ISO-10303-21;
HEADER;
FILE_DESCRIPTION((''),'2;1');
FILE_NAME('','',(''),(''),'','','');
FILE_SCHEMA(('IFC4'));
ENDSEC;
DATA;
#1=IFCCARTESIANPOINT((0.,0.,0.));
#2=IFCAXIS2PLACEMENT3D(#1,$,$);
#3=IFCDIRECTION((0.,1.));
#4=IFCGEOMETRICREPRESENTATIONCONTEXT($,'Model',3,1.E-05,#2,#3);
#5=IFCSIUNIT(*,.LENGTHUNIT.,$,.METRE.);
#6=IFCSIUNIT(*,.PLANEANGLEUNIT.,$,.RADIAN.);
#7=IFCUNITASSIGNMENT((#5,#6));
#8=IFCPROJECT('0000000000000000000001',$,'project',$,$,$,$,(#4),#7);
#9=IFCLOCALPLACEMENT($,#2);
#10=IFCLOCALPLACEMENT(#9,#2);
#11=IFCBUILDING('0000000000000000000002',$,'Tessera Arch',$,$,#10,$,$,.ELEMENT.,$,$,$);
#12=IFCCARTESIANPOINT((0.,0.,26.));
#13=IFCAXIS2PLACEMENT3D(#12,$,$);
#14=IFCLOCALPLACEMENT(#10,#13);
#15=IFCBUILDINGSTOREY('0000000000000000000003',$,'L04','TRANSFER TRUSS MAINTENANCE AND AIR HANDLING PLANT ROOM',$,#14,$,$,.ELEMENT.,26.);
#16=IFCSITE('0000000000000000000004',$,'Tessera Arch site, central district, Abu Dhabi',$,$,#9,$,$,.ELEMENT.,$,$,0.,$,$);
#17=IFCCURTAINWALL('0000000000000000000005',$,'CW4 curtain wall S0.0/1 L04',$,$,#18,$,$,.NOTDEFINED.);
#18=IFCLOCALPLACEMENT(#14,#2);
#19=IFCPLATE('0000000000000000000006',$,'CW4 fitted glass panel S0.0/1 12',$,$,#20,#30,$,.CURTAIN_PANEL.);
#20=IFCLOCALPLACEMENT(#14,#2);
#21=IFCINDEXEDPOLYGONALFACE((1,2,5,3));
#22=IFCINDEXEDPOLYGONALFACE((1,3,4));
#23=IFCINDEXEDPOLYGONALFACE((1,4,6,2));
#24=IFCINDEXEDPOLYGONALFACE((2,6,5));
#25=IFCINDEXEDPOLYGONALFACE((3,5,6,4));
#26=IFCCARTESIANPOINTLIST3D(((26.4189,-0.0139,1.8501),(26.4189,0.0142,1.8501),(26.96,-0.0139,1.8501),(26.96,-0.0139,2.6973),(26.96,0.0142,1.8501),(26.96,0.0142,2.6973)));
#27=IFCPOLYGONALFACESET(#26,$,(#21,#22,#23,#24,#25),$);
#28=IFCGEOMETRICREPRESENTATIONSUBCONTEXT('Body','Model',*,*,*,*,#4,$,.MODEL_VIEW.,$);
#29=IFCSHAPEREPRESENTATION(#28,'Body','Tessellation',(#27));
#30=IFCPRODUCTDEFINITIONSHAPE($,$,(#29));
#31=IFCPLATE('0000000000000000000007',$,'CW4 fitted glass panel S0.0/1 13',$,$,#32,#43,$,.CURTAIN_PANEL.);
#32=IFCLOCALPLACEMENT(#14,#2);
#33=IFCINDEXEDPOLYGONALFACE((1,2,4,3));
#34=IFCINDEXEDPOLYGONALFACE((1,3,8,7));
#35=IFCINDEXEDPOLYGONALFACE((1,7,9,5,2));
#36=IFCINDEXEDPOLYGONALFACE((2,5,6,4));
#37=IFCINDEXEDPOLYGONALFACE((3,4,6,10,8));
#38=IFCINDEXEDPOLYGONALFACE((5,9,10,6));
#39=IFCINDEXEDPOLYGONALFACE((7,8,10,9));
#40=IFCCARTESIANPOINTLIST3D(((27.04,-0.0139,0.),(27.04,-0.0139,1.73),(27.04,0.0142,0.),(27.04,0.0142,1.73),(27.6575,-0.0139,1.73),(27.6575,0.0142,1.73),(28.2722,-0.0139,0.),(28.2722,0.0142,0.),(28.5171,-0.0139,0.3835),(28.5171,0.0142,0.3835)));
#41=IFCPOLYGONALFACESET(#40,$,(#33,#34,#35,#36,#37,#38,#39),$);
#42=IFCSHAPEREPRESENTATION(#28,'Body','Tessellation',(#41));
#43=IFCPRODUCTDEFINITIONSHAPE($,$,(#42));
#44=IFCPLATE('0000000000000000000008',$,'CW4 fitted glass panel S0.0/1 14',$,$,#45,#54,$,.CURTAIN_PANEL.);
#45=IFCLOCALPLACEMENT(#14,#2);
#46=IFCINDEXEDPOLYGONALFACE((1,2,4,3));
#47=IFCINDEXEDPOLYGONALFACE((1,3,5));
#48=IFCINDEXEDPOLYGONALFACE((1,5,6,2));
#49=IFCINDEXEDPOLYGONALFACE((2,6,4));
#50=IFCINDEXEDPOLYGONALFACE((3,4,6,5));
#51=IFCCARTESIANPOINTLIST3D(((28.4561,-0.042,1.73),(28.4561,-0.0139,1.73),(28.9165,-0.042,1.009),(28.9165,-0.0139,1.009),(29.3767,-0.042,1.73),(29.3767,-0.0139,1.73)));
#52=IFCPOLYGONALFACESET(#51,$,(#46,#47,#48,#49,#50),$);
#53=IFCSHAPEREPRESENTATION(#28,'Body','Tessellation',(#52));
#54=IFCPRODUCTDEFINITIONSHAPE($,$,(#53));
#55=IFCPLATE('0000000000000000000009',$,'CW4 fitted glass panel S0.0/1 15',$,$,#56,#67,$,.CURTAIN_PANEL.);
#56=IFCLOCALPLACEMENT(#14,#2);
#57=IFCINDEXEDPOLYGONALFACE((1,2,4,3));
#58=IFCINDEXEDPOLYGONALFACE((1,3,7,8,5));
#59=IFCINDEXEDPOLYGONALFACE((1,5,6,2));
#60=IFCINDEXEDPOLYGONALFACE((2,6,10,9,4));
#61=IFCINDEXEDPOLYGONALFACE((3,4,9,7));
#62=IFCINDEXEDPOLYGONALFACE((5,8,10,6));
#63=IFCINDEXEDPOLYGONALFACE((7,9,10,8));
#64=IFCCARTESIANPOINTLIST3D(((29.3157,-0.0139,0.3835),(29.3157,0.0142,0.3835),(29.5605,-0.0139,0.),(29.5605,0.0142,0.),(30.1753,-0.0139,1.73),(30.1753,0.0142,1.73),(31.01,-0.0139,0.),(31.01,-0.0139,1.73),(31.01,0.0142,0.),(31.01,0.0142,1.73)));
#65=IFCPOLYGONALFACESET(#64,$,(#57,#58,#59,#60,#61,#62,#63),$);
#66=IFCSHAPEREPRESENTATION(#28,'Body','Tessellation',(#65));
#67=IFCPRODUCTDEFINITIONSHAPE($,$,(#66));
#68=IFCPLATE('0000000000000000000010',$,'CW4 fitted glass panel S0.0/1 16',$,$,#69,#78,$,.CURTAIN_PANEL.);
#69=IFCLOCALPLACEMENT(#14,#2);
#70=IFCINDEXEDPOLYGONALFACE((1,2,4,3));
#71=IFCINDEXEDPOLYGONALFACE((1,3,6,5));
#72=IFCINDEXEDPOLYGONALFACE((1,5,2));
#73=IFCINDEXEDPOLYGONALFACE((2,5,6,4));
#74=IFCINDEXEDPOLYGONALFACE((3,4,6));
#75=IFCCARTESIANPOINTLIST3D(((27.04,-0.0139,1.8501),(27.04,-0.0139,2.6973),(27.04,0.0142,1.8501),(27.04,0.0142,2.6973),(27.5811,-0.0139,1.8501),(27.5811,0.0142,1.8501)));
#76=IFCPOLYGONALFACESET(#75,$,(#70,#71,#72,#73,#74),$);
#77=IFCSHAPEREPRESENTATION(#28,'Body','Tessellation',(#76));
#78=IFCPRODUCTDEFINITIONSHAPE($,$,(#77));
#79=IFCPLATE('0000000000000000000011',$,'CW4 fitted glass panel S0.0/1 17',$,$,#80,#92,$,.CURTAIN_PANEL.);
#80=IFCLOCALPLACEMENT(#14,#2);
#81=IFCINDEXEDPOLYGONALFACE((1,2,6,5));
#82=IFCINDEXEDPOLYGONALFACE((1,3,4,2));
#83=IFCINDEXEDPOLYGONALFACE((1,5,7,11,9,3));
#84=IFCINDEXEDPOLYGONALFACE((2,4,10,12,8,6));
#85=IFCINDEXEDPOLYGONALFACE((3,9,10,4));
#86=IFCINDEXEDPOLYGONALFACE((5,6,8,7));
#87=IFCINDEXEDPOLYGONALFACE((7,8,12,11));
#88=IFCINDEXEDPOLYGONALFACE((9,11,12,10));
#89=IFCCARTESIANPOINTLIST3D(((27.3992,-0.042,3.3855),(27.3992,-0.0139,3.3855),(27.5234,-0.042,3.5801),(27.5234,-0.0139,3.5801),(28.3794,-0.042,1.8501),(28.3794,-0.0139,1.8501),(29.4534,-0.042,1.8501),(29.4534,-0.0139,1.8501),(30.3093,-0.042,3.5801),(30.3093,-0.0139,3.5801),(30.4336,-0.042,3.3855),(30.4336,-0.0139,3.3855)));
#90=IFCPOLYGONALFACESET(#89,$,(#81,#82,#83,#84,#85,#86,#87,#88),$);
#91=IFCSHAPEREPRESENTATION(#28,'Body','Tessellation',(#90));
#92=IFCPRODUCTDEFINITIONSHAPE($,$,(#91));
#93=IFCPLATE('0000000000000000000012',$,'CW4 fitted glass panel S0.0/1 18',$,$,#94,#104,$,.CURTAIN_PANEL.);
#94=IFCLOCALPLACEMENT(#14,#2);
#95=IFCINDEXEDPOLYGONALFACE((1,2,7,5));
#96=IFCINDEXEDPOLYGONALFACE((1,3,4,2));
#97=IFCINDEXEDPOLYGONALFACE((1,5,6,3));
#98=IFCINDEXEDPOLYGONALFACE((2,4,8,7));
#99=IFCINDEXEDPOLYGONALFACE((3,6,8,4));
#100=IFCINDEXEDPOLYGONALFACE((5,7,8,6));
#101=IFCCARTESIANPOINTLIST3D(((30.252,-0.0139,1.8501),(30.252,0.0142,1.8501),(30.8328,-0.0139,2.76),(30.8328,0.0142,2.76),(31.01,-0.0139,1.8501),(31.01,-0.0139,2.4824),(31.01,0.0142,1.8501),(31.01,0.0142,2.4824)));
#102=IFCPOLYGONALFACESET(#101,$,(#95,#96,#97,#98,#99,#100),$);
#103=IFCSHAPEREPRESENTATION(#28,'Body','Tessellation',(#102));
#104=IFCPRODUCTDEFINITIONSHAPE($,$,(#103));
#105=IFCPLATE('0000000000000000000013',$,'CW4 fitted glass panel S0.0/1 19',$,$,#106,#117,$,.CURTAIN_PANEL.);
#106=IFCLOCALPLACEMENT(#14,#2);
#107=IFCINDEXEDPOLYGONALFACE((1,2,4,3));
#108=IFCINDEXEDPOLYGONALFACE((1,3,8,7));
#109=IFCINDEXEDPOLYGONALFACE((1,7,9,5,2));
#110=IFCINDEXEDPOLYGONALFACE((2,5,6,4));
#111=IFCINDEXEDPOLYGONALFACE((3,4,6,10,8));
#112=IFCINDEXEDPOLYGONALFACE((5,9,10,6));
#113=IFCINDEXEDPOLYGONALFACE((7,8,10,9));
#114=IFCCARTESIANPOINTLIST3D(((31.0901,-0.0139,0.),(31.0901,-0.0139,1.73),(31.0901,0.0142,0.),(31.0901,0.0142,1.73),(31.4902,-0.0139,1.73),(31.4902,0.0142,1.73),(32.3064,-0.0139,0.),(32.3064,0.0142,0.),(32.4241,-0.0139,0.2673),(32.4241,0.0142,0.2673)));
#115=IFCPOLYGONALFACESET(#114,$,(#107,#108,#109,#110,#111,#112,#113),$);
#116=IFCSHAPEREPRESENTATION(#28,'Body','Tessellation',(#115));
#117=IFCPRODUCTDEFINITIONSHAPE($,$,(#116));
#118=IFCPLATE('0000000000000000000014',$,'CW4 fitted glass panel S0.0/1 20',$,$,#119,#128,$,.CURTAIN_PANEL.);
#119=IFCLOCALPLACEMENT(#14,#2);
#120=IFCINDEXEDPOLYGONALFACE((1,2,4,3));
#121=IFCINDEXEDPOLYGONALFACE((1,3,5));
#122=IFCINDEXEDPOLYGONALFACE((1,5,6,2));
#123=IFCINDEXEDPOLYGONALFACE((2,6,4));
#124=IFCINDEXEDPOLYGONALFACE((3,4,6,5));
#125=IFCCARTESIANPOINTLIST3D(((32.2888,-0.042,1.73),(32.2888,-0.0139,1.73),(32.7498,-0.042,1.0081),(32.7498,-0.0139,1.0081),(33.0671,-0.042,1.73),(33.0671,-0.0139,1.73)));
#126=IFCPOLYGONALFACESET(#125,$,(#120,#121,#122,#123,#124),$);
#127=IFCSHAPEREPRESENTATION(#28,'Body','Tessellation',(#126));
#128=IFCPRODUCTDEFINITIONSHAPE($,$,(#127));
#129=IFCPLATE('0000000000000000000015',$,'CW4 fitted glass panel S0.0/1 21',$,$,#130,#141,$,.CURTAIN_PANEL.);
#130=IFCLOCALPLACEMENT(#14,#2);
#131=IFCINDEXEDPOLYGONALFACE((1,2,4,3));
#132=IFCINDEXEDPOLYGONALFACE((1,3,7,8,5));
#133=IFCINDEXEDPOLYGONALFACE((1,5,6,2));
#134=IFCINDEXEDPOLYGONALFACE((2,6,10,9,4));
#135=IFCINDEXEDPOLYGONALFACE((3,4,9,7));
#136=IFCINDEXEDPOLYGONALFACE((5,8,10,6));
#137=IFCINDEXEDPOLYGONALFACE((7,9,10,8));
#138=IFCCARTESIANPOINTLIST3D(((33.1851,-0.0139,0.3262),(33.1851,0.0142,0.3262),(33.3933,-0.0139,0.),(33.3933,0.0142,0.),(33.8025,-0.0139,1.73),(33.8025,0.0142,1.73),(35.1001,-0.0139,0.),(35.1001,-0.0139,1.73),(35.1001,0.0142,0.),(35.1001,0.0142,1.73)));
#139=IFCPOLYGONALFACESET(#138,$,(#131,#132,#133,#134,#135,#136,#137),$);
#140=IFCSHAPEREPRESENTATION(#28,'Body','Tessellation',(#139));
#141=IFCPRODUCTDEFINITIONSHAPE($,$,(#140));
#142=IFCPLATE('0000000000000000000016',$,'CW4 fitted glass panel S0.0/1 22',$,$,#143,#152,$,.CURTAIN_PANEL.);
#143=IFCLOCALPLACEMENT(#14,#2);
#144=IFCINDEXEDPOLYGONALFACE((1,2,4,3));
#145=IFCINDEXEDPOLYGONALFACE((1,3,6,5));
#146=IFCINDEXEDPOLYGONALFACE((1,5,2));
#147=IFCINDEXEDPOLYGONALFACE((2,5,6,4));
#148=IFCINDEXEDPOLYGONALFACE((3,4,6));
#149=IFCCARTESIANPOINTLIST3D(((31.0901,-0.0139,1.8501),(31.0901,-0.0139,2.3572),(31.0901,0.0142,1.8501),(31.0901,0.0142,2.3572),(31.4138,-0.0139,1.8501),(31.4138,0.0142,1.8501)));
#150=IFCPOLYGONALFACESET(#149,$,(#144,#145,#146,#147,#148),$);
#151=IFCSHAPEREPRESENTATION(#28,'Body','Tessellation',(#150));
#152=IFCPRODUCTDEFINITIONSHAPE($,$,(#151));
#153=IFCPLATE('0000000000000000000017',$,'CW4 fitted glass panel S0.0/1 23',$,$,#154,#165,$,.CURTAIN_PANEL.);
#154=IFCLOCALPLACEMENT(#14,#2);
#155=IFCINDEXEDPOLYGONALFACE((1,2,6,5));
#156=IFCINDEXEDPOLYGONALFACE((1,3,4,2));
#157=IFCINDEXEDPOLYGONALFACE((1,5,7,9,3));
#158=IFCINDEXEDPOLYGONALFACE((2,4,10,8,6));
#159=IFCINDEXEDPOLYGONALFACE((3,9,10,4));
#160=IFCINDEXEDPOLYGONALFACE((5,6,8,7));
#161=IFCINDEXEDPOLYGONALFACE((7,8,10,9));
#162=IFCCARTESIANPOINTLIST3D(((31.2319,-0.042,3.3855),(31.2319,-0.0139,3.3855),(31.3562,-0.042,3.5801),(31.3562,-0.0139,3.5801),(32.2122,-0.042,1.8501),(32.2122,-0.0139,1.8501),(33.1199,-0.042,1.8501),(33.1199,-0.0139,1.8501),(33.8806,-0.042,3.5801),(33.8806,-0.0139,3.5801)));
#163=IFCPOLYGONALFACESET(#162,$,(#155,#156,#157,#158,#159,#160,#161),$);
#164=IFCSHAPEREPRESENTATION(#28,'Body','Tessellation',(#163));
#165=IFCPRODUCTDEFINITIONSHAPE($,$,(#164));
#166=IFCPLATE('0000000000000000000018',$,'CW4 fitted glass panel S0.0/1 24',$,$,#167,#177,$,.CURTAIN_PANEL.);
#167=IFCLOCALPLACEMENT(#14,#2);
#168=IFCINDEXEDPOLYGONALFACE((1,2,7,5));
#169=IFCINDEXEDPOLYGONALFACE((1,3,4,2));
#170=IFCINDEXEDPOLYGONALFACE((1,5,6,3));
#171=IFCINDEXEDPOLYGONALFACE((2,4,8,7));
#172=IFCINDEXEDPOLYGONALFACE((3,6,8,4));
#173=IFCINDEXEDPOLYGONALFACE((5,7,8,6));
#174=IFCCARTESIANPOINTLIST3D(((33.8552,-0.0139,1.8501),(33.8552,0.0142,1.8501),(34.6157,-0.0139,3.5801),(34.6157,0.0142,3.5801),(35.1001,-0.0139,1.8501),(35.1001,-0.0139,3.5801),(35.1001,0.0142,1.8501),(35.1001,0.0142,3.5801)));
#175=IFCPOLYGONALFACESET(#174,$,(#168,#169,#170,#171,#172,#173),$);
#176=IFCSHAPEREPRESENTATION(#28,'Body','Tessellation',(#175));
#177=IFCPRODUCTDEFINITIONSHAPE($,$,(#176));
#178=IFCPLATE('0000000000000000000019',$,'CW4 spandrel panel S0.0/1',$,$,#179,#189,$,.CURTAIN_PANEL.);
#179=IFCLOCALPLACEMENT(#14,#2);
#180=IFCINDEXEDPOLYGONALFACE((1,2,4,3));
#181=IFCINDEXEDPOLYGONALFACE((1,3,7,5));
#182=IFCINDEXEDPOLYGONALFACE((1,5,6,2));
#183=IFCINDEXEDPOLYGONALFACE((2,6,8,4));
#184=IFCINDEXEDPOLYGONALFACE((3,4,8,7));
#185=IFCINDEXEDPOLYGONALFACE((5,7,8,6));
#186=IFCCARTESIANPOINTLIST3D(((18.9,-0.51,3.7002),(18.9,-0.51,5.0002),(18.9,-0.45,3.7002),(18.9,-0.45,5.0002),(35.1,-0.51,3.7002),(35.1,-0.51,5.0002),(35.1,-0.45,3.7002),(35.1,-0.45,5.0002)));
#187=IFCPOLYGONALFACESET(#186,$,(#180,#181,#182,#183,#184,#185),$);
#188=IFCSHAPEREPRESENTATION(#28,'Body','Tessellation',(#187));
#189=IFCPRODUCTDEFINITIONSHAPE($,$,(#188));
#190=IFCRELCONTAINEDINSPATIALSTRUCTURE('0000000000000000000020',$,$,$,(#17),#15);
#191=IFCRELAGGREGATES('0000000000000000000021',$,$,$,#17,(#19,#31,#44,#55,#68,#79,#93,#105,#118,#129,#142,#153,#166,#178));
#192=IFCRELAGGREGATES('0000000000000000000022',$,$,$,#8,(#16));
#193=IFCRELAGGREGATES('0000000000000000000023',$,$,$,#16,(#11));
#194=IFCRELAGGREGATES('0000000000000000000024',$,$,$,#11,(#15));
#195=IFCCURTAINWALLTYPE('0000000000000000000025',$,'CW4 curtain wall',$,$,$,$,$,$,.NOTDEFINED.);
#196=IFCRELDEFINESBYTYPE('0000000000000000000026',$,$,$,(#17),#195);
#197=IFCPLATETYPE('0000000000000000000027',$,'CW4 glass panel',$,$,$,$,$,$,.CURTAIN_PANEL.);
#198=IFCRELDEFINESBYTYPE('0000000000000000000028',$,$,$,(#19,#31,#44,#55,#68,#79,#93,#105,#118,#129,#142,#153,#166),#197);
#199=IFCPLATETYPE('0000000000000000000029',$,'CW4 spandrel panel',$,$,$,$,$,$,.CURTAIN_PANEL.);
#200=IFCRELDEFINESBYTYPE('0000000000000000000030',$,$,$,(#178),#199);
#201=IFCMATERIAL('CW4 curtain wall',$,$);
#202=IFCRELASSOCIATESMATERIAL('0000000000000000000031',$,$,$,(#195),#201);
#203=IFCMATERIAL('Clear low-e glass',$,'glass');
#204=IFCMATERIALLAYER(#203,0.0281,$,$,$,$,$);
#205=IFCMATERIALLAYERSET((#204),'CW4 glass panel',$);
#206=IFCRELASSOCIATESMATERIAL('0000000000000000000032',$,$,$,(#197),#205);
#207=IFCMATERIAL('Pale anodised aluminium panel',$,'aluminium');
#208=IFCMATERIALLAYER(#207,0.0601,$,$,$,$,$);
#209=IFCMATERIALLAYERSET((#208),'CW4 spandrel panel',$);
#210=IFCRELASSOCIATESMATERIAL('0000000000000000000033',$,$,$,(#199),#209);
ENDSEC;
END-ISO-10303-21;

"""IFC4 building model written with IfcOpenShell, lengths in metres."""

from ifc_helpers import new_model, si_unit, direction, frame, origin, origin_2d, place, context, subcontext, project, spatial, polyline, rectangle, outline, extrude, material, layer, layer_set, type_object, element, aggregate, save


model = new_model("IFC4")

# Units and contexts
model_context = context("Model", 3, precision=1e-05, world=origin(), true_north=direction((0.0, 1.0)))
body_context = subcontext(model_context, "Body", "Model", "MODEL_VIEW")
ifc_project = project(units=[si_unit("LENGTHUNIT", "METRE"), si_unit("PLANEANGLEUNIT", "RADIAN")], contexts=[model_context])

# Site, building, storey
site_placement = place(None, origin())
site = spatial("IfcSite", under=ifc_project, at=site_placement, Name="Tessera Arch site, central district, Abu Dhabi", CompositionType="ELEMENT", RefElevation=0.0)
building_placement = place(site_placement, origin())
building = spatial("IfcBuilding", under=site, at=building_placement, Name="Tessera Arch", CompositionType="ELEMENT")
storey_placement = place(building_placement, frame((0.0, 0.0, 26.0)))
storey = spatial("IfcBuildingStorey", under=building, at=storey_placement, Name="L04", Description="TRANSFER TRUSS MAINTENANCE AND AIR HANDLING PLANT ROOM", CompositionType="ELEMENT", Elevation=26.0)

# Curtain wall
ifc_material_1 = material(Name="CW4 curtain wall")
curtain_wall_type = type_object("IfcCurtainWallType", Name="CW4 curtain wall", PredefinedType="NOTDEFINED", material=ifc_material_1)
curtain_wall_placement = place(storey_placement, origin())
curtain_wall = element("IfcCurtainWall", 1, at=curtain_wall_placement, inside=storey, type_object=curtain_wall_type, Name="CW4 curtain wall S0.0/1 L04", PredefinedType="NOTDEFINED")

# Plates
ifc_material_2 = material(Name="Clear low-e glass", Category="glass")
ifc_layer_1 = layer(ifc_material_2, 0.0281)
ifc_layer_set_1 = layer_set([ifc_layer_1], Name="CW4 glass panel")
plate_type_1 = type_object("IfcPlateType", Name="CW4 glass panel", PredefinedType="CURTAIN_PANEL", material=ifc_layer_set_1)
plate_1_placement = place(storey_placement, frame((26.96, -0.0139, 1.8501), z_axis=(0.0, -1.0, 0.0), x_axis=(0.0, 0.0, 1.0)))
plate_1 = element("IfcPlate", 2, at=plate_1_placement, type_object=plate_type_1, Name="CW4 fitted glass panel S0.0/1 12", PredefinedType="CURTAIN_PANEL", context=body_context, shape_type="SweptSolid", body=[
    extrude(outline(polyline([(0.0, 0.0), (0.8472, 0.0), (0.0, 0.541), (0.0, 0.0)])), origin(), (0.0, 0.0, -1.0), 0.0281),
])
plate_2_placement = place(storey_placement, frame((27.04, -0.0139, 0.0), z_axis=(0.0, -1.0, 0.0), x_axis=(1.0, 0.0, 0.0)))
plate_2 = element("IfcPlate", 3, at=plate_2_placement, type_object=plate_type_1, Name="CW4 fitted glass panel S0.0/1 13", PredefinedType="CURTAIN_PANEL", context=body_context, shape_type="SweptSolid", body=[
    extrude(outline(polyline([(0.0, 0.0), (1.2322, 0.0), (1.4771, 0.3835), (0.6174, 1.73), (0.0, 1.73), (0.0, 0.0)])), origin(), (0.0, 0.0, -1.0), 0.0281),
])
plate_3_placement = place(storey_placement, frame((29.3767, -0.042, 1.73), z_axis=(0.0, -1.0, 0.0), x_axis=(-1.0, 0.0, 0.0)))
plate_3 = element("IfcPlate", 4, at=plate_3_placement, type_object=plate_type_1, Name="CW4 fitted glass panel S0.0/1 14", PredefinedType="CURTAIN_PANEL", context=body_context, shape_type="SweptSolid", body=[
    extrude(outline(polyline([(0.0, 0.0), (0.9207, 0.0), (0.4602, 0.7209), (0.0, 0.0)])), origin(), (0.0, 0.0, -1.0), 0.0281),
])
plate_4_placement = place(storey_placement, frame((31.01, -0.0139, 1.73), z_axis=(0.0, -1.0, 0.0), x_axis=(-1.0, 0.0, 0.0)))
plate_4 = element("IfcPlate", 5, at=plate_4_placement, type_object=plate_type_1, Name="CW4 fitted glass panel S0.0/1 15", PredefinedType="CURTAIN_PANEL", context=body_context, shape_type="SweptSolid", body=[
    extrude(outline(polyline([(0.0, 0.0), (0.8347, 0.0), (1.6943, 1.3464), (1.4495, 1.73), (0.0, 1.73), (0.0, 0.0)])), origin(), (0.0, 0.0, -1.0), 0.0281),
])
plate_5_placement = place(storey_placement, frame((27.04, -0.0139, 1.8501), z_axis=(0.0, -1.0, 0.0), x_axis=(1.0, 0.0, 0.0)))
plate_5 = element("IfcPlate", 6, at=plate_5_placement, type_object=plate_type_1, Name="CW4 fitted glass panel S0.0/1 16", PredefinedType="CURTAIN_PANEL", context=body_context, shape_type="SweptSolid", body=[
    extrude(outline(polyline([(0.0, 0.0), (0.541, 0.0), (0.0, 0.8472), (0.0, 0.0)])), origin(), (0.0, 0.0, -1.0), 0.0281),
])
plate_6_placement = place(storey_placement, frame((30.3093, -0.042, 3.5801), z_axis=(0.0, -1.0, 0.0), x_axis=(-1.0, 0.0, 0.0)))
plate_6 = element("IfcPlate", 7, at=plate_6_placement, type_object=plate_type_1, Name="CW4 fitted glass panel S0.0/1 17", PredefinedType="CURTAIN_PANEL", context=body_context, shape_type="SweptSolid", body=[
    extrude(outline(polyline([(0.0, 0.0), (2.7859, 0.0), (2.9102, 0.1946), (1.9299, 1.73), (0.856, 1.73), (-0.1243, 0.1946), (0.0, 0.0)])), origin(), (0.0, 0.0, -1.0), 0.0281),
])
plate_7_placement = place(storey_placement, frame((31.01, -0.0139, 1.8501), z_axis=(0.0, -1.0, 0.0), x_axis=(0.0, 0.0, 1.0)))
plate_7 = element("IfcPlate", 8, at=plate_7_placement, type_object=plate_type_1, Name="CW4 fitted glass panel S0.0/1 18", PredefinedType="CURTAIN_PANEL", context=body_context, shape_type="SweptSolid", body=[
    extrude(outline(polyline([(0.0, 0.0), (0.6323, 0.0), (0.9099, 0.1772), (0.0, 0.7581), (0.0, 0.0)])), origin(), (0.0, 0.0, -1.0), 0.0281),
])
plate_8_placement = place(storey_placement, frame((31.0901, -0.0139, 0.0), z_axis=(0.0, -1.0, 0.0), x_axis=(1.0, 0.0, 0.0)))
plate_8 = element("IfcPlate", 9, at=plate_8_placement, type_object=plate_type_1, Name="CW4 fitted glass panel S0.0/1 19", PredefinedType="CURTAIN_PANEL", context=body_context, shape_type="SweptSolid", body=[
    extrude(outline(polyline([(0.0, 0.0), (1.2163, 0.0), (1.334, 0.2673), (0.4001, 1.73), (0.0, 1.73), (0.0, 0.0)])), origin(), (0.0, 0.0, -1.0), 0.0281),
])
plate_9_placement = place(storey_placement, frame((33.0671, -0.042, 1.73), z_axis=(0.0, -1.0, 0.0), x_axis=(-1.0, 0.0, 0.0)))
plate_9 = element("IfcPlate", 10, at=plate_9_placement, type_object=plate_type_1, Name="CW4 fitted glass panel S0.0/1 20", PredefinedType="CURTAIN_PANEL", context=body_context, shape_type="SweptSolid", body=[
    extrude(outline(polyline([(0.0, 0.0), (0.7783, 0.0), (0.3174, 0.7219), (0.0, 0.0)])), origin(), (0.0, 0.0, -1.0), 0.0281),
])
plate_10_placement = place(storey_placement, frame((35.1001, -0.0139, 1.73), z_axis=(0.0, -1.0, 0.0), x_axis=(-1.0, 0.0, 0.0)))
plate_10 = element("IfcPlate", 11, at=plate_10_placement, type_object=plate_type_1, Name="CW4 fitted glass panel S0.0/1 21", PredefinedType="CURTAIN_PANEL", context=body_context, shape_type="SweptSolid", body=[
    extrude(outline(polyline([(0.0, 0.0), (1.2976, 0.0), (1.915, 1.4038), (1.7068, 1.73), (0.0, 1.73), (0.0, 0.0)])), origin(), (0.0, 0.0, -1.0), 0.0281),
])
plate_11_placement = place(storey_placement, frame((31.0901, -0.0139, 1.8501), z_axis=(0.0, -1.0, 0.0), x_axis=(1.0, 0.0, 0.0)))
plate_11 = element("IfcPlate", 12, at=plate_11_placement, type_object=plate_type_1, Name="CW4 fitted glass panel S0.0/1 22", PredefinedType="CURTAIN_PANEL", context=body_context, shape_type="SweptSolid", body=[
    extrude(outline(polyline([(0.0, 0.0), (0.3237, 0.0), (0.0, 0.5071), (0.0, 0.0)])), origin(), (0.0, 0.0, -1.0), 0.0281),
])
plate_12_placement = place(storey_placement, frame((33.8806, -0.042, 3.5801), z_axis=(0.0, -1.0, 0.0), x_axis=(-1.0, 0.0, 0.0)))
plate_12 = element("IfcPlate", 13, at=plate_12_placement, type_object=plate_type_1, Name="CW4 fitted glass panel S0.0/1 23", PredefinedType="CURTAIN_PANEL", context=body_context, shape_type="SweptSolid", body=[
    extrude(outline(polyline([(0.0, 0.0), (2.5244, 0.0), (2.6487, 0.1946), (1.6685, 1.73), (0.7607, 1.73), (0.0, 0.0)])), origin(), (0.0, 0.0, -1.0), 0.0281),
])
plate_13_placement = place(storey_placement, frame((35.1001, -0.0139, 3.5801), z_axis=(0.0, -1.0, 0.0), x_axis=(-1.0, 0.0, 0.0)))
plate_13 = element("IfcPlate", 14, at=plate_13_placement, type_object=plate_type_1, Name="CW4 fitted glass panel S0.0/1 24", PredefinedType="CURTAIN_PANEL", context=body_context, shape_type="SweptSolid", body=[
    extrude(outline(polyline([(0.0, 0.0), (0.4844, 0.0), (1.2449, 1.73), (0.0, 1.73), (0.0, 0.0)])), origin(), (0.0, 0.0, -1.0), 0.0281),
])
ifc_material_3 = material(Name="Pale anodised aluminium panel", Category="aluminium")
ifc_layer_2 = layer(ifc_material_3, 0.0601)
ifc_layer_set_2 = layer_set([ifc_layer_2], Name="CW4 spandrel panel")
plate_type_2 = type_object("IfcPlateType", Name="CW4 spandrel panel", PredefinedType="CURTAIN_PANEL", material=ifc_layer_set_2)
plate_14_placement = place(storey_placement, frame((27.0, -0.48, 3.7002), z_axis=(0.0, 0.0, 1.0), x_axis=(1.0, 0.0, 0.0)))
plate_14 = element("IfcPlate", 15, at=plate_14_placement, type_object=plate_type_2, Name="CW4 spandrel panel S0.0/1", PredefinedType="CURTAIN_PANEL", context=body_context, shape_type="SweptSolid", body=[
    extrude(rectangle(XDim=16.2, YDim=0.0601, at=origin_2d()), origin(), (0.0, 0.0, 1.0), 1.3),
])
aggregate(curtain_wall, [plate_1, plate_2, plate_3, plate_4, plate_5, plate_6, plate_7, plate_8, plate_9, plate_10, plate_11, plate_12, plate_13, plate_14])

save(model, "model.ifc")
